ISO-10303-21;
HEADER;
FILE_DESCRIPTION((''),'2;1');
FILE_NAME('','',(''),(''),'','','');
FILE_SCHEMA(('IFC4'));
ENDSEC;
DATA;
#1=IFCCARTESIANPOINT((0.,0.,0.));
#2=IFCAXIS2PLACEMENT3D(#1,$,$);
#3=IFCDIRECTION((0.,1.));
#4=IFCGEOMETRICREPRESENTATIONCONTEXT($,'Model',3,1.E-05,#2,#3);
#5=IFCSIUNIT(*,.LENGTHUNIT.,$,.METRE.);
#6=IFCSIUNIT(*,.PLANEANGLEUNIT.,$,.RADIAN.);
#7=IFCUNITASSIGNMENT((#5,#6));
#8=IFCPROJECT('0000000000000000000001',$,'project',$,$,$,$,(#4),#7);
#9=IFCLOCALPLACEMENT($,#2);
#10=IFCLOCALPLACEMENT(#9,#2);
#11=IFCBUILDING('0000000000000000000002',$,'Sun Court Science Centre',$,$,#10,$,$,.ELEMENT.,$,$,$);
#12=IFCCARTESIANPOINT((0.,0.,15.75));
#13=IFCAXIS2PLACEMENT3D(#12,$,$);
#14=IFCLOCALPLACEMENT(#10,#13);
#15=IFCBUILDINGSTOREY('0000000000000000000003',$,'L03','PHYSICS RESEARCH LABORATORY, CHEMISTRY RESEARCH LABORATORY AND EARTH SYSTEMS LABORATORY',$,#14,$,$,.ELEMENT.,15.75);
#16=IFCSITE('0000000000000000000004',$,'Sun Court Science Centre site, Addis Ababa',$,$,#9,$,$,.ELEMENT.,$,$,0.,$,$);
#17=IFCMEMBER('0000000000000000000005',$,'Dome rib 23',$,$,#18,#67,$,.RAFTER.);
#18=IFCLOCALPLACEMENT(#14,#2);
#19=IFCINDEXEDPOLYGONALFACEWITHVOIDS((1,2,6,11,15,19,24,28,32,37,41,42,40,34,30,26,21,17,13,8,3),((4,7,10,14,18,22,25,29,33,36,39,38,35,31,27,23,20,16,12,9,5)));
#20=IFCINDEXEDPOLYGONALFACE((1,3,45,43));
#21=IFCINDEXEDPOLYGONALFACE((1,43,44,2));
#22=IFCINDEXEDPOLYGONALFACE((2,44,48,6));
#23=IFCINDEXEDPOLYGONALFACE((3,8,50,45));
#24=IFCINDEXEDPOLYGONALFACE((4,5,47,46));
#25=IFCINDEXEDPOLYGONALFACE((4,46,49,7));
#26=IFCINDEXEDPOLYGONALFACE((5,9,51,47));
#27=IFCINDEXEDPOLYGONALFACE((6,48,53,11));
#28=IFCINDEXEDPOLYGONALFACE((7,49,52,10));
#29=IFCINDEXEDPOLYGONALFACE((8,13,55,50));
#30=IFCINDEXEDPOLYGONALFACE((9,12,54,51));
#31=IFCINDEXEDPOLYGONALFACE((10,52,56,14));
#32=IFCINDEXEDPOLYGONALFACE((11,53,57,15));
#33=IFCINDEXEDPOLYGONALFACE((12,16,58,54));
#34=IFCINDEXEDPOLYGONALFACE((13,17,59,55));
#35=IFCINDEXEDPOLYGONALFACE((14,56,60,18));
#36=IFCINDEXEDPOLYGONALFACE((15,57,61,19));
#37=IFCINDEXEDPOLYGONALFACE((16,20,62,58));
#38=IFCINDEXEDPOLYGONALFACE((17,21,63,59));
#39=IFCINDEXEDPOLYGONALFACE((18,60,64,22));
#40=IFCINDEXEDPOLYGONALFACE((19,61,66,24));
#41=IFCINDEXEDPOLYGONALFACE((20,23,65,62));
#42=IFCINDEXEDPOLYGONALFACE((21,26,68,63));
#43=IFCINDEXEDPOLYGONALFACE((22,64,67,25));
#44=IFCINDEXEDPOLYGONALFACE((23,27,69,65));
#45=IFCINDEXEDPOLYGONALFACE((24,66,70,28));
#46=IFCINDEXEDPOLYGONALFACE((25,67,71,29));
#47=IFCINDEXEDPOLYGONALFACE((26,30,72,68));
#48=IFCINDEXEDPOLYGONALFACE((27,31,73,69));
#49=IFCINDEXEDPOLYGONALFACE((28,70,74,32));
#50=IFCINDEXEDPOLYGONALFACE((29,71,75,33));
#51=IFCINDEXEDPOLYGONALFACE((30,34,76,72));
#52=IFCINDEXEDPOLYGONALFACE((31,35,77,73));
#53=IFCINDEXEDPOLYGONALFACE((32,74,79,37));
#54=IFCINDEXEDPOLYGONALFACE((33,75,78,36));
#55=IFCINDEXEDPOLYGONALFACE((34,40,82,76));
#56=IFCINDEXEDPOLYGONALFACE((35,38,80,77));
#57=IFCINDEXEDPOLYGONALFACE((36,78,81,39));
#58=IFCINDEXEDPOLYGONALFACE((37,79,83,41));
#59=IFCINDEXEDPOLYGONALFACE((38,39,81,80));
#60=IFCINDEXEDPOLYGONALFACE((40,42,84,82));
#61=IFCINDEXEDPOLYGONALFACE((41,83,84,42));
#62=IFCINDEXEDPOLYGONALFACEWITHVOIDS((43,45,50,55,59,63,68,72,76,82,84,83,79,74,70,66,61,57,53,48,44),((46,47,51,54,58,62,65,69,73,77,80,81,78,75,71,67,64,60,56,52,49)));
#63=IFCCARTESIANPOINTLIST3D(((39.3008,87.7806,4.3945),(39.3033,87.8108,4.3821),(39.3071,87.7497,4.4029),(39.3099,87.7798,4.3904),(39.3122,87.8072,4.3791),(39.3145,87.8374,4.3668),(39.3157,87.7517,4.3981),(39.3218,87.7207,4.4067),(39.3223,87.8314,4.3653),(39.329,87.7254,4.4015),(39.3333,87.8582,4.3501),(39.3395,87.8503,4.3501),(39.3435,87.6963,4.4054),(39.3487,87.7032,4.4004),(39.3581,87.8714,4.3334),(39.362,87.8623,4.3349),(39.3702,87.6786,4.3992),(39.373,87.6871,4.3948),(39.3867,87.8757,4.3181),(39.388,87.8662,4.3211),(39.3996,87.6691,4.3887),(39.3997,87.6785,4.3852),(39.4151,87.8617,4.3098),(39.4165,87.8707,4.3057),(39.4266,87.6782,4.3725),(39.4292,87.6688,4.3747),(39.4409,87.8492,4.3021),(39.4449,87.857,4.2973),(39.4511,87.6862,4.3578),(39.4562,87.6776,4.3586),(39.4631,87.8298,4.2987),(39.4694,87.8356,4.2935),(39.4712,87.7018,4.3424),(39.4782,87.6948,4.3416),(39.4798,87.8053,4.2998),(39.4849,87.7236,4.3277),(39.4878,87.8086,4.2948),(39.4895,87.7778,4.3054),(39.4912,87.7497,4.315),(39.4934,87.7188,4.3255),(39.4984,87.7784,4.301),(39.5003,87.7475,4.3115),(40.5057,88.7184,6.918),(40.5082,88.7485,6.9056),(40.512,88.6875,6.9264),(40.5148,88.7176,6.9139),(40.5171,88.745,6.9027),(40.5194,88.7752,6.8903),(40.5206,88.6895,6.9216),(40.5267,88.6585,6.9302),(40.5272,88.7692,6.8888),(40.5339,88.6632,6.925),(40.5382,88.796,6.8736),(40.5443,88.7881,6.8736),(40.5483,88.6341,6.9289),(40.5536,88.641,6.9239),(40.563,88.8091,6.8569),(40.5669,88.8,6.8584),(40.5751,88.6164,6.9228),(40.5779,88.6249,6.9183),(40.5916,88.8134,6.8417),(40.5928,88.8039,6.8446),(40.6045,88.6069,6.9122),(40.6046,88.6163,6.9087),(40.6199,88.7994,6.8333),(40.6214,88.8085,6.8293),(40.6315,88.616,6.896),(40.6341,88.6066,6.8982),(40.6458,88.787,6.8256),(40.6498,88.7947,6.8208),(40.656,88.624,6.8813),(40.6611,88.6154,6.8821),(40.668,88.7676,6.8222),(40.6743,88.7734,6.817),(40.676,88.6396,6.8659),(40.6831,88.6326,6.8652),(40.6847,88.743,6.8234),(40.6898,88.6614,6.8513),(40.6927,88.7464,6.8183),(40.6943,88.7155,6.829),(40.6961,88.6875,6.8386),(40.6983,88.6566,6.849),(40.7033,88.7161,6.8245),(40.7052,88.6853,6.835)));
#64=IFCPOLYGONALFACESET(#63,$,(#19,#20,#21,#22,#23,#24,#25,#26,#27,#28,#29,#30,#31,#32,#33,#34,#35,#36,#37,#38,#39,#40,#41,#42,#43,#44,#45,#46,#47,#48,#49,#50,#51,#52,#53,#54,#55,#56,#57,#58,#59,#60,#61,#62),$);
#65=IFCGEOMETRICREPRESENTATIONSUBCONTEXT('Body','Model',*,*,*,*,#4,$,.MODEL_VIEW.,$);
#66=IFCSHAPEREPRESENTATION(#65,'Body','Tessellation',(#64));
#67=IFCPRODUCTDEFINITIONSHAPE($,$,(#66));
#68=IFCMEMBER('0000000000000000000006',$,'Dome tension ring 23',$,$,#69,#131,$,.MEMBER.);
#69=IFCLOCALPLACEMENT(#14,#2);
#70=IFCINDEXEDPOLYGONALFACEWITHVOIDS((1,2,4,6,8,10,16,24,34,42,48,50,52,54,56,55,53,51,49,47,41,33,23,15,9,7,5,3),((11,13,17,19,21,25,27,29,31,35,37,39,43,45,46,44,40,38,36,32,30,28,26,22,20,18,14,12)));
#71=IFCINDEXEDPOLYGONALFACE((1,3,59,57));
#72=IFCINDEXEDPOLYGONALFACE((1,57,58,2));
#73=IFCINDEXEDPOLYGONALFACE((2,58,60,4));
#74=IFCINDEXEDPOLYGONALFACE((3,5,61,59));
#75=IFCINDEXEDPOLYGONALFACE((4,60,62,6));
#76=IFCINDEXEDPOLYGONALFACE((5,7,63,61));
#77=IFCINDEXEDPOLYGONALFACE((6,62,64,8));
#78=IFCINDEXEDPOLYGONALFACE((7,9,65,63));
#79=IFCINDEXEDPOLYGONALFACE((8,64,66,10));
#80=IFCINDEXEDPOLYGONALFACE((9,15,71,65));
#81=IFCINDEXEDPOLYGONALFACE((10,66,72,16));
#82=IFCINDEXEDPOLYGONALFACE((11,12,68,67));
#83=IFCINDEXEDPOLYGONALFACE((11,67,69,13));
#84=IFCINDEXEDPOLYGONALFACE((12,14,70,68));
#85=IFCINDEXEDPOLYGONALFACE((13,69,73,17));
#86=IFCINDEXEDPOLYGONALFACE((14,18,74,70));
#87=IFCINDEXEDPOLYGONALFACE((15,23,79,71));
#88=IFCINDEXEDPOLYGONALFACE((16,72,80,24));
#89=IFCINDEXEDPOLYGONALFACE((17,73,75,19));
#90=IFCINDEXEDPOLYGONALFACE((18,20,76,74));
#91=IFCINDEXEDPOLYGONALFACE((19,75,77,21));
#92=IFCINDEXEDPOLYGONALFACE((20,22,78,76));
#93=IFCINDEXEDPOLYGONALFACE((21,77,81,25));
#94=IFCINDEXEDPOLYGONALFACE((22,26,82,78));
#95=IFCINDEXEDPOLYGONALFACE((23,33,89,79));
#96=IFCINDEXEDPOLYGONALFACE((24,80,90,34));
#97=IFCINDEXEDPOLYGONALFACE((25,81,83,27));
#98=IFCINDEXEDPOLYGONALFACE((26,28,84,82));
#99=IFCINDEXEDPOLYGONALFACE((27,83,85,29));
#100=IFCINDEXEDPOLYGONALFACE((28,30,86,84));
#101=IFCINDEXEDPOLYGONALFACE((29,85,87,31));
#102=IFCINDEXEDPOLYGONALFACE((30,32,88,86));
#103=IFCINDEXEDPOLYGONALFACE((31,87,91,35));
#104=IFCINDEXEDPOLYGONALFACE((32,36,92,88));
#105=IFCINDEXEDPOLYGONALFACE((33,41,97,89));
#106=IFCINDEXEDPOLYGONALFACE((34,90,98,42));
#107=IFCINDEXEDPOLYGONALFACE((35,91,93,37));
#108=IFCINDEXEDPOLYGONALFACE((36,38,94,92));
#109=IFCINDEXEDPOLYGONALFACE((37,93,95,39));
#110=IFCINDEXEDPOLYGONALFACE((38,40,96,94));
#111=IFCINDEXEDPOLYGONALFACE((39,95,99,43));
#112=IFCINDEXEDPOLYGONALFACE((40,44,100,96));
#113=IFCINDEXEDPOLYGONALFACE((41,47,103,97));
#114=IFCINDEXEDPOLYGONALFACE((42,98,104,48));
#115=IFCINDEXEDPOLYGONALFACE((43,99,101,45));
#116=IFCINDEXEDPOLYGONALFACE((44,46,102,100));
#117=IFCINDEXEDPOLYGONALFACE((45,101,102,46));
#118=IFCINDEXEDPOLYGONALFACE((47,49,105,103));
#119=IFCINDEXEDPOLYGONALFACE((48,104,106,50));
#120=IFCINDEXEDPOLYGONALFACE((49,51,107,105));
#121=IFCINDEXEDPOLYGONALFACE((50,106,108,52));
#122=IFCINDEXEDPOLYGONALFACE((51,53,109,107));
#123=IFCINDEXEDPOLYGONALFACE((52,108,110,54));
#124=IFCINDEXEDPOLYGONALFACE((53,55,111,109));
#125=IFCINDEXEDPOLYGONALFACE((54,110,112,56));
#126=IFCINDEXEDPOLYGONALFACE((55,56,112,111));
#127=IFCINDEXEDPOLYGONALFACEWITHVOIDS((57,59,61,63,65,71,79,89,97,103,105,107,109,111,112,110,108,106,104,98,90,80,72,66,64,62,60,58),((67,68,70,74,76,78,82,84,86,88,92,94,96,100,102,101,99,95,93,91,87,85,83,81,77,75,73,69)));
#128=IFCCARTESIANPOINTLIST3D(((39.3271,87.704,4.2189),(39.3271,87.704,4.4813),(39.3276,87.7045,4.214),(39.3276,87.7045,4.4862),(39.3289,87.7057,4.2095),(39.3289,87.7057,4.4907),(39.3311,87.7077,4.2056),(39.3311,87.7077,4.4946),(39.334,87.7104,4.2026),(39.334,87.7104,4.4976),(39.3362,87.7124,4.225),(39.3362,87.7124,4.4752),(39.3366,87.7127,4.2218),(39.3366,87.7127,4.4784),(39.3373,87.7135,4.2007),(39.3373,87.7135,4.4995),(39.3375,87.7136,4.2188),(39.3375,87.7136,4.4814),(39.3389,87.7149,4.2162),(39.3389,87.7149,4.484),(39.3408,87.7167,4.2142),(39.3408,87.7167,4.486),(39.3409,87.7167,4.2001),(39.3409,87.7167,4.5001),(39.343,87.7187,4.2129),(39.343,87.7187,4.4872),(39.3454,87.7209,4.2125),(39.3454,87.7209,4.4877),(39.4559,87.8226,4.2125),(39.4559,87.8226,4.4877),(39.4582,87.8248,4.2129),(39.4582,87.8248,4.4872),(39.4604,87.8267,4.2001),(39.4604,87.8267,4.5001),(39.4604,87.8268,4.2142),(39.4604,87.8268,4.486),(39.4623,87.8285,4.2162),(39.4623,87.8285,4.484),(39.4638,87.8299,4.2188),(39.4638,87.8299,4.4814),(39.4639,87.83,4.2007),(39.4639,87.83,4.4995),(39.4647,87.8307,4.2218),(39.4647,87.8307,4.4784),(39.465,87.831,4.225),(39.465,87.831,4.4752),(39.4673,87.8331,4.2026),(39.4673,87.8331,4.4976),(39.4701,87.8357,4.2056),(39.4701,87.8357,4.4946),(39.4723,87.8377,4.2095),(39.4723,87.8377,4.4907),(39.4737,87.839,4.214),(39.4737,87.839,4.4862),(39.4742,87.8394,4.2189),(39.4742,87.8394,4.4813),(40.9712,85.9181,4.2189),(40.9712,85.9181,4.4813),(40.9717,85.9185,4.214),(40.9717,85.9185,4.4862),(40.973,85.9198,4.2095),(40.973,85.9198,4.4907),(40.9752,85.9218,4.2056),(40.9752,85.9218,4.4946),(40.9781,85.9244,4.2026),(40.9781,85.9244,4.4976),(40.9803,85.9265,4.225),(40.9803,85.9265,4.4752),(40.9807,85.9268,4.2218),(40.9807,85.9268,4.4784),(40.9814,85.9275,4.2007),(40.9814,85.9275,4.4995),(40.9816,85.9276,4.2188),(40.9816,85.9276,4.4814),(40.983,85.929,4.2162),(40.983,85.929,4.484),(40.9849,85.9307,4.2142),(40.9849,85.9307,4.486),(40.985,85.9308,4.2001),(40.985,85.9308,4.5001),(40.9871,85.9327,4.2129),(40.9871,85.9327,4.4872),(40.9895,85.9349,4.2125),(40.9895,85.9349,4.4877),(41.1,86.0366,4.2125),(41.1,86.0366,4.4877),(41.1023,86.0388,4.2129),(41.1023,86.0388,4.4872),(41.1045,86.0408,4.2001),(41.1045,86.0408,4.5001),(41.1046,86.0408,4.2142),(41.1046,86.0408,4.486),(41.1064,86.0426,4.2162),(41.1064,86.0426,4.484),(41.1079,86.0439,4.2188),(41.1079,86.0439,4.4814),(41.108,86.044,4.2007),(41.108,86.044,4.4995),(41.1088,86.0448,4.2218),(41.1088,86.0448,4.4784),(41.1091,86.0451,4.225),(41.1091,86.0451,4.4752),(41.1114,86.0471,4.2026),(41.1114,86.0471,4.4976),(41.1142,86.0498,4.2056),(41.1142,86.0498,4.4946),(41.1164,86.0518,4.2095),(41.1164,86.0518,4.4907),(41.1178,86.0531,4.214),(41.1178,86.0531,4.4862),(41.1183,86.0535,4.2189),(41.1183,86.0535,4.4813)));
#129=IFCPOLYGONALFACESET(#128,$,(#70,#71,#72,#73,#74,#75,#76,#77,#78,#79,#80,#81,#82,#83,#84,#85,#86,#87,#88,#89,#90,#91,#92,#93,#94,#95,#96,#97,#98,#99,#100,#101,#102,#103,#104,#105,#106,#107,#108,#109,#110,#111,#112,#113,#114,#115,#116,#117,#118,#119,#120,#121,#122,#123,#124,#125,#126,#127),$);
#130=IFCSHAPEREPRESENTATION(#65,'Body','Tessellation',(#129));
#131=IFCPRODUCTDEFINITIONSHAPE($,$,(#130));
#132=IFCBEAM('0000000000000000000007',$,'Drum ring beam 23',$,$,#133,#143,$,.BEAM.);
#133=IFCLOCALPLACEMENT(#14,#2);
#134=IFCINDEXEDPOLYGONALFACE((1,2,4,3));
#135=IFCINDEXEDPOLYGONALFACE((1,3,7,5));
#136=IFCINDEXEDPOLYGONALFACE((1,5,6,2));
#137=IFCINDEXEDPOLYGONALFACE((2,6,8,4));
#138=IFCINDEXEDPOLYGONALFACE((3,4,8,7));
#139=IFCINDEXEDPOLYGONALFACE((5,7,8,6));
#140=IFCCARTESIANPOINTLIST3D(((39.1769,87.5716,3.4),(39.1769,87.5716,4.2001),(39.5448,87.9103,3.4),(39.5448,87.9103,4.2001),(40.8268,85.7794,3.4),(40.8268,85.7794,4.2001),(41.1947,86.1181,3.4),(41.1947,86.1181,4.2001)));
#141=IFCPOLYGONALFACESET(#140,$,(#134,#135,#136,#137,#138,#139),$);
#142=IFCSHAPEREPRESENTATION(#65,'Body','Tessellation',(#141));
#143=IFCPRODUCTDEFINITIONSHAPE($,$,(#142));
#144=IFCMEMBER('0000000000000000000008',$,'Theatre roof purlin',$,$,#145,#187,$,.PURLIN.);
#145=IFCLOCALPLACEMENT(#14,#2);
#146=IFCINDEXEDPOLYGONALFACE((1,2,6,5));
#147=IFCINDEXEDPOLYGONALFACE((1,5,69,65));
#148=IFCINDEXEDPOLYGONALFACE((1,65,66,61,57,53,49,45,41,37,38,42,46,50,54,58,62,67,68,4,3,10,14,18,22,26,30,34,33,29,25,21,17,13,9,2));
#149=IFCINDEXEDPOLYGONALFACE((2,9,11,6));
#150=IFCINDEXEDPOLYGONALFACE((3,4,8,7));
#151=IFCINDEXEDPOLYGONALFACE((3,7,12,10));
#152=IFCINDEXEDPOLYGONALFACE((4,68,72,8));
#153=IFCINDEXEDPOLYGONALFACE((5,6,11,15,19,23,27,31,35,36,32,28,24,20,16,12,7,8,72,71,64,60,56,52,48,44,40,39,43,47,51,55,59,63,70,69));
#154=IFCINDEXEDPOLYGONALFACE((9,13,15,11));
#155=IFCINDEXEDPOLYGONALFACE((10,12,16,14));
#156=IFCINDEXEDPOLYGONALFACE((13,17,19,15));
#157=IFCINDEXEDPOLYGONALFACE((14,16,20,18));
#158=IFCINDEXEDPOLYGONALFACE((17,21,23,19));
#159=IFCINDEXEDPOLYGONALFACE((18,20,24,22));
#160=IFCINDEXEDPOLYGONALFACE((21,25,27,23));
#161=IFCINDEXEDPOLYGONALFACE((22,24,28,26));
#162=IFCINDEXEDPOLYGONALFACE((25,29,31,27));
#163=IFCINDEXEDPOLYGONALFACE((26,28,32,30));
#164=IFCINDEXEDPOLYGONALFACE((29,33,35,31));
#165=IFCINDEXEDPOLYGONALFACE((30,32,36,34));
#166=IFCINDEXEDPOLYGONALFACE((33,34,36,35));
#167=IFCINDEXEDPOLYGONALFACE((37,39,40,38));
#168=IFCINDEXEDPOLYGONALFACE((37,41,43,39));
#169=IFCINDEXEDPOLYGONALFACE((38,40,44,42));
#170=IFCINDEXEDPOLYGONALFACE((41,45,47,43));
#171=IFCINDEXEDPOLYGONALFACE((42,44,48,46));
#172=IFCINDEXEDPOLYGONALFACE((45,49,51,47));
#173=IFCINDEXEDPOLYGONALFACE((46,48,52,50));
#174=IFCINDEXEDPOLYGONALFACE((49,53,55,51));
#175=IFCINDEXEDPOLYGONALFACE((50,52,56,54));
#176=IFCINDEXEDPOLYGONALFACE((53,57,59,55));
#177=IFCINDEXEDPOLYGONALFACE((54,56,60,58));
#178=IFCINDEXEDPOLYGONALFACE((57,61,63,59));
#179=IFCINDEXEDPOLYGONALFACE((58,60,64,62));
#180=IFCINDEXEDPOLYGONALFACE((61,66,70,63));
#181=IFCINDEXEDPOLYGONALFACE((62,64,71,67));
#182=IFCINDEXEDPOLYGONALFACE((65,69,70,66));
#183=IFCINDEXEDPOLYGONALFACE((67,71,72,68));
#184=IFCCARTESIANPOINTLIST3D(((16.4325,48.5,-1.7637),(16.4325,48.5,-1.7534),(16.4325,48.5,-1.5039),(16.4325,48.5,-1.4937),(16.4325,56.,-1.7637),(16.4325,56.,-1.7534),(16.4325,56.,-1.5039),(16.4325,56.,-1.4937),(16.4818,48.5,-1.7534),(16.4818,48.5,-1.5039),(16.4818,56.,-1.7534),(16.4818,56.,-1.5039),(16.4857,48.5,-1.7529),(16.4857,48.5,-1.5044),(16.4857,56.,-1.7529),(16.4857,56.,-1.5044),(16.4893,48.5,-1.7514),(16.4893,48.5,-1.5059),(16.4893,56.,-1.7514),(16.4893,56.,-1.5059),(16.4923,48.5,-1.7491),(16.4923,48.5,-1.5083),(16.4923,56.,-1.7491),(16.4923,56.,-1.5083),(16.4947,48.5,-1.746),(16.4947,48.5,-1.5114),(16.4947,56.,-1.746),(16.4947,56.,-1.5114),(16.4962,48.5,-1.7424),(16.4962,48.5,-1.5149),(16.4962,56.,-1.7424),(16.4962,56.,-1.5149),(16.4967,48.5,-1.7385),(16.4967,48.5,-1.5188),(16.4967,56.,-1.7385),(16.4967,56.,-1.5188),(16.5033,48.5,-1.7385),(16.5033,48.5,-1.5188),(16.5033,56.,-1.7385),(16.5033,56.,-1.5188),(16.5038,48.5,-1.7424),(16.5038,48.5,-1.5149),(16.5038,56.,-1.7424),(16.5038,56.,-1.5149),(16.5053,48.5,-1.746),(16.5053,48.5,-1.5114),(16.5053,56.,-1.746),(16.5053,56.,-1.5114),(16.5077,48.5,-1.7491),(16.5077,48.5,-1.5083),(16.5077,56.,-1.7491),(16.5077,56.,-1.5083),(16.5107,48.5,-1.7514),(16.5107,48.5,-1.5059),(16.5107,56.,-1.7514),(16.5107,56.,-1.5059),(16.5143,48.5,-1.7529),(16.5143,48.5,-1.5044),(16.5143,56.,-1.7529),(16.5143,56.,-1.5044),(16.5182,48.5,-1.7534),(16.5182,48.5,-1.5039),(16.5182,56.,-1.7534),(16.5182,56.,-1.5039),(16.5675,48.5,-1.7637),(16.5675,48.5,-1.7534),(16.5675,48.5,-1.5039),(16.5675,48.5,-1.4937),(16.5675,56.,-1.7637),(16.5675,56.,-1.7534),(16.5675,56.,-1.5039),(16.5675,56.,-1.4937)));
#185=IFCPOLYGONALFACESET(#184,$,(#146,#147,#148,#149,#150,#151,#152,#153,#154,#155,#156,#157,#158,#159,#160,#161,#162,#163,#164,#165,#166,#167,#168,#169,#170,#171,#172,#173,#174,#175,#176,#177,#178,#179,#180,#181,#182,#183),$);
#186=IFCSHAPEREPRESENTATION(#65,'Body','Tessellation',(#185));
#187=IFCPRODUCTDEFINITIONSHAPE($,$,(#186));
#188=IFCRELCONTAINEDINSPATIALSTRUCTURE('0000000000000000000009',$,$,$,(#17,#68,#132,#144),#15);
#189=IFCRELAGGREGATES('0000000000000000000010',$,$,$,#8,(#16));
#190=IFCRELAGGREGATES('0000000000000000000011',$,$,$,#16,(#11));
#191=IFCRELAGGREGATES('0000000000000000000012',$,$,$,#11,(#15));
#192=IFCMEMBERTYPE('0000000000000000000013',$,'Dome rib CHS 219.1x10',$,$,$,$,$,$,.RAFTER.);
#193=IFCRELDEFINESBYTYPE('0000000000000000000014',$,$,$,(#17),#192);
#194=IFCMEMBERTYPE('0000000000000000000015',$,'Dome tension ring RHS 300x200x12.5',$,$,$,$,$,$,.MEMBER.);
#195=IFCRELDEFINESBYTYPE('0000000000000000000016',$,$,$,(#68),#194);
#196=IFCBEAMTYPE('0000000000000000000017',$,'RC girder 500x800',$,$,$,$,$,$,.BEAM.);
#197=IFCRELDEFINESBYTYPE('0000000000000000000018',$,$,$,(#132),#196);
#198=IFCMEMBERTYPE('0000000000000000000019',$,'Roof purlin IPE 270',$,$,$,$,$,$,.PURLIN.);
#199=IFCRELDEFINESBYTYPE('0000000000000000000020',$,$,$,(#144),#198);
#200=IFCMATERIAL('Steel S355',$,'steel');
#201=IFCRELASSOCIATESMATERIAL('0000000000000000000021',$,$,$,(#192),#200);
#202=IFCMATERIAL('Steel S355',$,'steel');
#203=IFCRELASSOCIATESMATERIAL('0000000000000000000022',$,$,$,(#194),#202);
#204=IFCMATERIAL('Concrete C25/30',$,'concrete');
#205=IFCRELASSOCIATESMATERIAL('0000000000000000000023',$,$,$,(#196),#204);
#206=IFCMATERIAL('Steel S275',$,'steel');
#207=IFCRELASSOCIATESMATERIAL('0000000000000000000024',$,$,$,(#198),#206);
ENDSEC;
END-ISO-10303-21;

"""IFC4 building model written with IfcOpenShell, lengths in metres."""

from ifc_helpers import new_model, si_unit, direction, frame, origin, origin_2d, place, context, subcontext, project, spatial, rectangle, hollow_rectangle, hollow_circle, i_section, extrude, material, material_profile, profile_set, type_object, element, save


model = new_model("IFC4")

# Units and contexts
model_context = context("Model", 3, precision=1e-05, world=origin(), true_north=direction((0.0, 1.0)))
body_context = subcontext(model_context, "Body", "Model", "MODEL_VIEW")
ifc_project = project(units=[si_unit("LENGTHUNIT", "METRE"), si_unit("PLANEANGLEUNIT", "RADIAN")], contexts=[model_context])

# Site, building, storey
site_placement = place(None, origin())
site = spatial("IfcSite", under=ifc_project, at=site_placement, Name="Sun Court Science Centre site, Addis Ababa", CompositionType="ELEMENT", RefElevation=0.0)
building_placement = place(site_placement, origin())
building = spatial("IfcBuilding", under=site, at=building_placement, Name="Sun Court Science Centre", CompositionType="ELEMENT")
storey_placement = place(building_placement, frame((0.0, 0.0, 15.75)))
storey = spatial("IfcBuildingStorey", under=building, at=storey_placement, Name="L03", Description="PHYSICS RESEARCH LABORATORY, CHEMISTRY RESEARCH LABORATORY AND EARTH SYSTEMS LABORATORY", CompositionType="ELEMENT", Elevation=15.75)

# Members
ifc_material_1 = material(Name="Steel S355", Category="steel")
ifc_material_profile_1 = material_profile(ifc_material_1, hollow_circle(Radius=0.1096, WallThickness=0.01, at=origin_2d()), Name="CHS 219.1x10")
ifc_profile_set_1 = profile_set([ifc_material_profile_1], Name="Steel S355")
member_type_1 = type_object("IfcMemberType", Name="Dome rib CHS 219.1x10", PredefinedType="RAFTER", material=ifc_profile_set_1)
member_1_placement = place(storey_placement, frame((39.4006, 87.7717, 4.3501), z_axis=(0.408507, 0.317948, 0.855588), x_axis=(-0.614206, 0.789146, 0.0)))
element("IfcMember", 1, at=member_1_placement, inside=storey, type_object=member_type_1, Name="Dome rib 23", PredefinedType="RAFTER", context=body_context, shape_type="SweptSolid", body=[
    extrude(hollow_circle(Radius=0.1096, WallThickness=0.01, at=origin_2d()), origin(), (0.0, 0.0, 1.0), 2.9495),
])
ifc_material_2 = material(Name="Steel S355", Category="steel")
ifc_material_profile_2 = material_profile(ifc_material_2, hollow_rectangle(XDim=0.2, YDim=0.3, WallThickness=0.0125, InnerFilletRadius=0.0125, OuterFilletRadius=0.0188, at=origin_2d()), Name="RHS 300x200x12.5")
ifc_profile_set_2 = profile_set([ifc_material_profile_2], Name="Steel S355")
member_type_2 = type_object("IfcMemberType", Name="Dome tension ring RHS 300x200x12.5", PredefinedType="MEMBER", material=ifc_profile_set_2)
member_2_placement = place(storey_placement, frame((39.4006, 87.7717, 4.3501), z_axis=(0.677285, -0.73572, 0.0), x_axis=(0.73572, 0.677285, 0.0)))
element("IfcMember", 2, at=member_2_placement, inside=storey, type_object=member_type_2, Name="Dome tension ring 23", PredefinedType="MEMBER", context=body_context, shape_type="SweptSolid", body=[
    extrude(hollow_rectangle(XDim=0.2, YDim=0.3, WallThickness=0.0125, InnerFilletRadius=0.0125, OuterFilletRadius=0.0188, at=origin_2d()), origin(), (0.0, 0.0, 1.0), 2.4275),
])

# Beam
ifc_material_3 = material(Name="Concrete C25/30", Category="concrete")
ifc_material_profile_3 = material_profile(ifc_material_3, rectangle(XDim=0.5, YDim=0.8, at=origin_2d()), Name="RC 500x800")
ifc_profile_set_3 = profile_set([ifc_material_profile_3], Name="Concrete C25/30")
beam_type = type_object("IfcBeamType", Name="RC girder 500x800", PredefinedType="BEAM", material=ifc_profile_set_3)
beam_placement = place(storey_placement, frame((39.3608, 87.741, 3.8), z_axis=(0.677289, -0.735717, 0.0), x_axis=(0.735717, 0.677289, 0.0)))
element("IfcBeam", 3, at=beam_placement, inside=storey, type_object=beam_type, Name="Drum ring beam 23", PredefinedType="BEAM", context=body_context, shape_type="SweptSolid", body=[
    extrude(rectangle(XDim=0.5, YDim=0.8, at=origin_2d()), origin(), (0.0, 0.0, 1.0), 2.436),
])

# Member
ifc_material_4 = material(Name="Steel S275", Category="steel")
ifc_material_profile_4 = material_profile(ifc_material_4, i_section(OverallWidth=0.135, OverallDepth=0.27, WebThickness=0.0066, FlangeThickness=0.0103, FilletRadius=0.0149, at=origin_2d()), Name="IPE 270")
ifc_profile_set_4 = profile_set([ifc_material_profile_4], Name="Steel S275")
member_type_3 = type_object("IfcMemberType", Name="Roof purlin IPE 270", PredefinedType="PURLIN", material=ifc_profile_set_4)
member_3_placement = place(storey_placement, frame((16.5, 48.5, -1.6287), z_axis=(0.0, 1.0, 0.0), x_axis=(-1.0, 0.0, 0.0)))
element("IfcMember", 4, at=member_3_placement, inside=storey, type_object=member_type_3, Name="Theatre roof purlin", PredefinedType="PURLIN", context=body_context, shape_type="SweptSolid", body=[
    extrude(i_section(OverallWidth=0.135, OverallDepth=0.27, WebThickness=0.0066, FlangeThickness=0.0103, FilletRadius=0.0149, at=origin_2d()), origin(), (0.0, 0.0, 1.0), 7.5),
])

save(model, "model.ifc")
